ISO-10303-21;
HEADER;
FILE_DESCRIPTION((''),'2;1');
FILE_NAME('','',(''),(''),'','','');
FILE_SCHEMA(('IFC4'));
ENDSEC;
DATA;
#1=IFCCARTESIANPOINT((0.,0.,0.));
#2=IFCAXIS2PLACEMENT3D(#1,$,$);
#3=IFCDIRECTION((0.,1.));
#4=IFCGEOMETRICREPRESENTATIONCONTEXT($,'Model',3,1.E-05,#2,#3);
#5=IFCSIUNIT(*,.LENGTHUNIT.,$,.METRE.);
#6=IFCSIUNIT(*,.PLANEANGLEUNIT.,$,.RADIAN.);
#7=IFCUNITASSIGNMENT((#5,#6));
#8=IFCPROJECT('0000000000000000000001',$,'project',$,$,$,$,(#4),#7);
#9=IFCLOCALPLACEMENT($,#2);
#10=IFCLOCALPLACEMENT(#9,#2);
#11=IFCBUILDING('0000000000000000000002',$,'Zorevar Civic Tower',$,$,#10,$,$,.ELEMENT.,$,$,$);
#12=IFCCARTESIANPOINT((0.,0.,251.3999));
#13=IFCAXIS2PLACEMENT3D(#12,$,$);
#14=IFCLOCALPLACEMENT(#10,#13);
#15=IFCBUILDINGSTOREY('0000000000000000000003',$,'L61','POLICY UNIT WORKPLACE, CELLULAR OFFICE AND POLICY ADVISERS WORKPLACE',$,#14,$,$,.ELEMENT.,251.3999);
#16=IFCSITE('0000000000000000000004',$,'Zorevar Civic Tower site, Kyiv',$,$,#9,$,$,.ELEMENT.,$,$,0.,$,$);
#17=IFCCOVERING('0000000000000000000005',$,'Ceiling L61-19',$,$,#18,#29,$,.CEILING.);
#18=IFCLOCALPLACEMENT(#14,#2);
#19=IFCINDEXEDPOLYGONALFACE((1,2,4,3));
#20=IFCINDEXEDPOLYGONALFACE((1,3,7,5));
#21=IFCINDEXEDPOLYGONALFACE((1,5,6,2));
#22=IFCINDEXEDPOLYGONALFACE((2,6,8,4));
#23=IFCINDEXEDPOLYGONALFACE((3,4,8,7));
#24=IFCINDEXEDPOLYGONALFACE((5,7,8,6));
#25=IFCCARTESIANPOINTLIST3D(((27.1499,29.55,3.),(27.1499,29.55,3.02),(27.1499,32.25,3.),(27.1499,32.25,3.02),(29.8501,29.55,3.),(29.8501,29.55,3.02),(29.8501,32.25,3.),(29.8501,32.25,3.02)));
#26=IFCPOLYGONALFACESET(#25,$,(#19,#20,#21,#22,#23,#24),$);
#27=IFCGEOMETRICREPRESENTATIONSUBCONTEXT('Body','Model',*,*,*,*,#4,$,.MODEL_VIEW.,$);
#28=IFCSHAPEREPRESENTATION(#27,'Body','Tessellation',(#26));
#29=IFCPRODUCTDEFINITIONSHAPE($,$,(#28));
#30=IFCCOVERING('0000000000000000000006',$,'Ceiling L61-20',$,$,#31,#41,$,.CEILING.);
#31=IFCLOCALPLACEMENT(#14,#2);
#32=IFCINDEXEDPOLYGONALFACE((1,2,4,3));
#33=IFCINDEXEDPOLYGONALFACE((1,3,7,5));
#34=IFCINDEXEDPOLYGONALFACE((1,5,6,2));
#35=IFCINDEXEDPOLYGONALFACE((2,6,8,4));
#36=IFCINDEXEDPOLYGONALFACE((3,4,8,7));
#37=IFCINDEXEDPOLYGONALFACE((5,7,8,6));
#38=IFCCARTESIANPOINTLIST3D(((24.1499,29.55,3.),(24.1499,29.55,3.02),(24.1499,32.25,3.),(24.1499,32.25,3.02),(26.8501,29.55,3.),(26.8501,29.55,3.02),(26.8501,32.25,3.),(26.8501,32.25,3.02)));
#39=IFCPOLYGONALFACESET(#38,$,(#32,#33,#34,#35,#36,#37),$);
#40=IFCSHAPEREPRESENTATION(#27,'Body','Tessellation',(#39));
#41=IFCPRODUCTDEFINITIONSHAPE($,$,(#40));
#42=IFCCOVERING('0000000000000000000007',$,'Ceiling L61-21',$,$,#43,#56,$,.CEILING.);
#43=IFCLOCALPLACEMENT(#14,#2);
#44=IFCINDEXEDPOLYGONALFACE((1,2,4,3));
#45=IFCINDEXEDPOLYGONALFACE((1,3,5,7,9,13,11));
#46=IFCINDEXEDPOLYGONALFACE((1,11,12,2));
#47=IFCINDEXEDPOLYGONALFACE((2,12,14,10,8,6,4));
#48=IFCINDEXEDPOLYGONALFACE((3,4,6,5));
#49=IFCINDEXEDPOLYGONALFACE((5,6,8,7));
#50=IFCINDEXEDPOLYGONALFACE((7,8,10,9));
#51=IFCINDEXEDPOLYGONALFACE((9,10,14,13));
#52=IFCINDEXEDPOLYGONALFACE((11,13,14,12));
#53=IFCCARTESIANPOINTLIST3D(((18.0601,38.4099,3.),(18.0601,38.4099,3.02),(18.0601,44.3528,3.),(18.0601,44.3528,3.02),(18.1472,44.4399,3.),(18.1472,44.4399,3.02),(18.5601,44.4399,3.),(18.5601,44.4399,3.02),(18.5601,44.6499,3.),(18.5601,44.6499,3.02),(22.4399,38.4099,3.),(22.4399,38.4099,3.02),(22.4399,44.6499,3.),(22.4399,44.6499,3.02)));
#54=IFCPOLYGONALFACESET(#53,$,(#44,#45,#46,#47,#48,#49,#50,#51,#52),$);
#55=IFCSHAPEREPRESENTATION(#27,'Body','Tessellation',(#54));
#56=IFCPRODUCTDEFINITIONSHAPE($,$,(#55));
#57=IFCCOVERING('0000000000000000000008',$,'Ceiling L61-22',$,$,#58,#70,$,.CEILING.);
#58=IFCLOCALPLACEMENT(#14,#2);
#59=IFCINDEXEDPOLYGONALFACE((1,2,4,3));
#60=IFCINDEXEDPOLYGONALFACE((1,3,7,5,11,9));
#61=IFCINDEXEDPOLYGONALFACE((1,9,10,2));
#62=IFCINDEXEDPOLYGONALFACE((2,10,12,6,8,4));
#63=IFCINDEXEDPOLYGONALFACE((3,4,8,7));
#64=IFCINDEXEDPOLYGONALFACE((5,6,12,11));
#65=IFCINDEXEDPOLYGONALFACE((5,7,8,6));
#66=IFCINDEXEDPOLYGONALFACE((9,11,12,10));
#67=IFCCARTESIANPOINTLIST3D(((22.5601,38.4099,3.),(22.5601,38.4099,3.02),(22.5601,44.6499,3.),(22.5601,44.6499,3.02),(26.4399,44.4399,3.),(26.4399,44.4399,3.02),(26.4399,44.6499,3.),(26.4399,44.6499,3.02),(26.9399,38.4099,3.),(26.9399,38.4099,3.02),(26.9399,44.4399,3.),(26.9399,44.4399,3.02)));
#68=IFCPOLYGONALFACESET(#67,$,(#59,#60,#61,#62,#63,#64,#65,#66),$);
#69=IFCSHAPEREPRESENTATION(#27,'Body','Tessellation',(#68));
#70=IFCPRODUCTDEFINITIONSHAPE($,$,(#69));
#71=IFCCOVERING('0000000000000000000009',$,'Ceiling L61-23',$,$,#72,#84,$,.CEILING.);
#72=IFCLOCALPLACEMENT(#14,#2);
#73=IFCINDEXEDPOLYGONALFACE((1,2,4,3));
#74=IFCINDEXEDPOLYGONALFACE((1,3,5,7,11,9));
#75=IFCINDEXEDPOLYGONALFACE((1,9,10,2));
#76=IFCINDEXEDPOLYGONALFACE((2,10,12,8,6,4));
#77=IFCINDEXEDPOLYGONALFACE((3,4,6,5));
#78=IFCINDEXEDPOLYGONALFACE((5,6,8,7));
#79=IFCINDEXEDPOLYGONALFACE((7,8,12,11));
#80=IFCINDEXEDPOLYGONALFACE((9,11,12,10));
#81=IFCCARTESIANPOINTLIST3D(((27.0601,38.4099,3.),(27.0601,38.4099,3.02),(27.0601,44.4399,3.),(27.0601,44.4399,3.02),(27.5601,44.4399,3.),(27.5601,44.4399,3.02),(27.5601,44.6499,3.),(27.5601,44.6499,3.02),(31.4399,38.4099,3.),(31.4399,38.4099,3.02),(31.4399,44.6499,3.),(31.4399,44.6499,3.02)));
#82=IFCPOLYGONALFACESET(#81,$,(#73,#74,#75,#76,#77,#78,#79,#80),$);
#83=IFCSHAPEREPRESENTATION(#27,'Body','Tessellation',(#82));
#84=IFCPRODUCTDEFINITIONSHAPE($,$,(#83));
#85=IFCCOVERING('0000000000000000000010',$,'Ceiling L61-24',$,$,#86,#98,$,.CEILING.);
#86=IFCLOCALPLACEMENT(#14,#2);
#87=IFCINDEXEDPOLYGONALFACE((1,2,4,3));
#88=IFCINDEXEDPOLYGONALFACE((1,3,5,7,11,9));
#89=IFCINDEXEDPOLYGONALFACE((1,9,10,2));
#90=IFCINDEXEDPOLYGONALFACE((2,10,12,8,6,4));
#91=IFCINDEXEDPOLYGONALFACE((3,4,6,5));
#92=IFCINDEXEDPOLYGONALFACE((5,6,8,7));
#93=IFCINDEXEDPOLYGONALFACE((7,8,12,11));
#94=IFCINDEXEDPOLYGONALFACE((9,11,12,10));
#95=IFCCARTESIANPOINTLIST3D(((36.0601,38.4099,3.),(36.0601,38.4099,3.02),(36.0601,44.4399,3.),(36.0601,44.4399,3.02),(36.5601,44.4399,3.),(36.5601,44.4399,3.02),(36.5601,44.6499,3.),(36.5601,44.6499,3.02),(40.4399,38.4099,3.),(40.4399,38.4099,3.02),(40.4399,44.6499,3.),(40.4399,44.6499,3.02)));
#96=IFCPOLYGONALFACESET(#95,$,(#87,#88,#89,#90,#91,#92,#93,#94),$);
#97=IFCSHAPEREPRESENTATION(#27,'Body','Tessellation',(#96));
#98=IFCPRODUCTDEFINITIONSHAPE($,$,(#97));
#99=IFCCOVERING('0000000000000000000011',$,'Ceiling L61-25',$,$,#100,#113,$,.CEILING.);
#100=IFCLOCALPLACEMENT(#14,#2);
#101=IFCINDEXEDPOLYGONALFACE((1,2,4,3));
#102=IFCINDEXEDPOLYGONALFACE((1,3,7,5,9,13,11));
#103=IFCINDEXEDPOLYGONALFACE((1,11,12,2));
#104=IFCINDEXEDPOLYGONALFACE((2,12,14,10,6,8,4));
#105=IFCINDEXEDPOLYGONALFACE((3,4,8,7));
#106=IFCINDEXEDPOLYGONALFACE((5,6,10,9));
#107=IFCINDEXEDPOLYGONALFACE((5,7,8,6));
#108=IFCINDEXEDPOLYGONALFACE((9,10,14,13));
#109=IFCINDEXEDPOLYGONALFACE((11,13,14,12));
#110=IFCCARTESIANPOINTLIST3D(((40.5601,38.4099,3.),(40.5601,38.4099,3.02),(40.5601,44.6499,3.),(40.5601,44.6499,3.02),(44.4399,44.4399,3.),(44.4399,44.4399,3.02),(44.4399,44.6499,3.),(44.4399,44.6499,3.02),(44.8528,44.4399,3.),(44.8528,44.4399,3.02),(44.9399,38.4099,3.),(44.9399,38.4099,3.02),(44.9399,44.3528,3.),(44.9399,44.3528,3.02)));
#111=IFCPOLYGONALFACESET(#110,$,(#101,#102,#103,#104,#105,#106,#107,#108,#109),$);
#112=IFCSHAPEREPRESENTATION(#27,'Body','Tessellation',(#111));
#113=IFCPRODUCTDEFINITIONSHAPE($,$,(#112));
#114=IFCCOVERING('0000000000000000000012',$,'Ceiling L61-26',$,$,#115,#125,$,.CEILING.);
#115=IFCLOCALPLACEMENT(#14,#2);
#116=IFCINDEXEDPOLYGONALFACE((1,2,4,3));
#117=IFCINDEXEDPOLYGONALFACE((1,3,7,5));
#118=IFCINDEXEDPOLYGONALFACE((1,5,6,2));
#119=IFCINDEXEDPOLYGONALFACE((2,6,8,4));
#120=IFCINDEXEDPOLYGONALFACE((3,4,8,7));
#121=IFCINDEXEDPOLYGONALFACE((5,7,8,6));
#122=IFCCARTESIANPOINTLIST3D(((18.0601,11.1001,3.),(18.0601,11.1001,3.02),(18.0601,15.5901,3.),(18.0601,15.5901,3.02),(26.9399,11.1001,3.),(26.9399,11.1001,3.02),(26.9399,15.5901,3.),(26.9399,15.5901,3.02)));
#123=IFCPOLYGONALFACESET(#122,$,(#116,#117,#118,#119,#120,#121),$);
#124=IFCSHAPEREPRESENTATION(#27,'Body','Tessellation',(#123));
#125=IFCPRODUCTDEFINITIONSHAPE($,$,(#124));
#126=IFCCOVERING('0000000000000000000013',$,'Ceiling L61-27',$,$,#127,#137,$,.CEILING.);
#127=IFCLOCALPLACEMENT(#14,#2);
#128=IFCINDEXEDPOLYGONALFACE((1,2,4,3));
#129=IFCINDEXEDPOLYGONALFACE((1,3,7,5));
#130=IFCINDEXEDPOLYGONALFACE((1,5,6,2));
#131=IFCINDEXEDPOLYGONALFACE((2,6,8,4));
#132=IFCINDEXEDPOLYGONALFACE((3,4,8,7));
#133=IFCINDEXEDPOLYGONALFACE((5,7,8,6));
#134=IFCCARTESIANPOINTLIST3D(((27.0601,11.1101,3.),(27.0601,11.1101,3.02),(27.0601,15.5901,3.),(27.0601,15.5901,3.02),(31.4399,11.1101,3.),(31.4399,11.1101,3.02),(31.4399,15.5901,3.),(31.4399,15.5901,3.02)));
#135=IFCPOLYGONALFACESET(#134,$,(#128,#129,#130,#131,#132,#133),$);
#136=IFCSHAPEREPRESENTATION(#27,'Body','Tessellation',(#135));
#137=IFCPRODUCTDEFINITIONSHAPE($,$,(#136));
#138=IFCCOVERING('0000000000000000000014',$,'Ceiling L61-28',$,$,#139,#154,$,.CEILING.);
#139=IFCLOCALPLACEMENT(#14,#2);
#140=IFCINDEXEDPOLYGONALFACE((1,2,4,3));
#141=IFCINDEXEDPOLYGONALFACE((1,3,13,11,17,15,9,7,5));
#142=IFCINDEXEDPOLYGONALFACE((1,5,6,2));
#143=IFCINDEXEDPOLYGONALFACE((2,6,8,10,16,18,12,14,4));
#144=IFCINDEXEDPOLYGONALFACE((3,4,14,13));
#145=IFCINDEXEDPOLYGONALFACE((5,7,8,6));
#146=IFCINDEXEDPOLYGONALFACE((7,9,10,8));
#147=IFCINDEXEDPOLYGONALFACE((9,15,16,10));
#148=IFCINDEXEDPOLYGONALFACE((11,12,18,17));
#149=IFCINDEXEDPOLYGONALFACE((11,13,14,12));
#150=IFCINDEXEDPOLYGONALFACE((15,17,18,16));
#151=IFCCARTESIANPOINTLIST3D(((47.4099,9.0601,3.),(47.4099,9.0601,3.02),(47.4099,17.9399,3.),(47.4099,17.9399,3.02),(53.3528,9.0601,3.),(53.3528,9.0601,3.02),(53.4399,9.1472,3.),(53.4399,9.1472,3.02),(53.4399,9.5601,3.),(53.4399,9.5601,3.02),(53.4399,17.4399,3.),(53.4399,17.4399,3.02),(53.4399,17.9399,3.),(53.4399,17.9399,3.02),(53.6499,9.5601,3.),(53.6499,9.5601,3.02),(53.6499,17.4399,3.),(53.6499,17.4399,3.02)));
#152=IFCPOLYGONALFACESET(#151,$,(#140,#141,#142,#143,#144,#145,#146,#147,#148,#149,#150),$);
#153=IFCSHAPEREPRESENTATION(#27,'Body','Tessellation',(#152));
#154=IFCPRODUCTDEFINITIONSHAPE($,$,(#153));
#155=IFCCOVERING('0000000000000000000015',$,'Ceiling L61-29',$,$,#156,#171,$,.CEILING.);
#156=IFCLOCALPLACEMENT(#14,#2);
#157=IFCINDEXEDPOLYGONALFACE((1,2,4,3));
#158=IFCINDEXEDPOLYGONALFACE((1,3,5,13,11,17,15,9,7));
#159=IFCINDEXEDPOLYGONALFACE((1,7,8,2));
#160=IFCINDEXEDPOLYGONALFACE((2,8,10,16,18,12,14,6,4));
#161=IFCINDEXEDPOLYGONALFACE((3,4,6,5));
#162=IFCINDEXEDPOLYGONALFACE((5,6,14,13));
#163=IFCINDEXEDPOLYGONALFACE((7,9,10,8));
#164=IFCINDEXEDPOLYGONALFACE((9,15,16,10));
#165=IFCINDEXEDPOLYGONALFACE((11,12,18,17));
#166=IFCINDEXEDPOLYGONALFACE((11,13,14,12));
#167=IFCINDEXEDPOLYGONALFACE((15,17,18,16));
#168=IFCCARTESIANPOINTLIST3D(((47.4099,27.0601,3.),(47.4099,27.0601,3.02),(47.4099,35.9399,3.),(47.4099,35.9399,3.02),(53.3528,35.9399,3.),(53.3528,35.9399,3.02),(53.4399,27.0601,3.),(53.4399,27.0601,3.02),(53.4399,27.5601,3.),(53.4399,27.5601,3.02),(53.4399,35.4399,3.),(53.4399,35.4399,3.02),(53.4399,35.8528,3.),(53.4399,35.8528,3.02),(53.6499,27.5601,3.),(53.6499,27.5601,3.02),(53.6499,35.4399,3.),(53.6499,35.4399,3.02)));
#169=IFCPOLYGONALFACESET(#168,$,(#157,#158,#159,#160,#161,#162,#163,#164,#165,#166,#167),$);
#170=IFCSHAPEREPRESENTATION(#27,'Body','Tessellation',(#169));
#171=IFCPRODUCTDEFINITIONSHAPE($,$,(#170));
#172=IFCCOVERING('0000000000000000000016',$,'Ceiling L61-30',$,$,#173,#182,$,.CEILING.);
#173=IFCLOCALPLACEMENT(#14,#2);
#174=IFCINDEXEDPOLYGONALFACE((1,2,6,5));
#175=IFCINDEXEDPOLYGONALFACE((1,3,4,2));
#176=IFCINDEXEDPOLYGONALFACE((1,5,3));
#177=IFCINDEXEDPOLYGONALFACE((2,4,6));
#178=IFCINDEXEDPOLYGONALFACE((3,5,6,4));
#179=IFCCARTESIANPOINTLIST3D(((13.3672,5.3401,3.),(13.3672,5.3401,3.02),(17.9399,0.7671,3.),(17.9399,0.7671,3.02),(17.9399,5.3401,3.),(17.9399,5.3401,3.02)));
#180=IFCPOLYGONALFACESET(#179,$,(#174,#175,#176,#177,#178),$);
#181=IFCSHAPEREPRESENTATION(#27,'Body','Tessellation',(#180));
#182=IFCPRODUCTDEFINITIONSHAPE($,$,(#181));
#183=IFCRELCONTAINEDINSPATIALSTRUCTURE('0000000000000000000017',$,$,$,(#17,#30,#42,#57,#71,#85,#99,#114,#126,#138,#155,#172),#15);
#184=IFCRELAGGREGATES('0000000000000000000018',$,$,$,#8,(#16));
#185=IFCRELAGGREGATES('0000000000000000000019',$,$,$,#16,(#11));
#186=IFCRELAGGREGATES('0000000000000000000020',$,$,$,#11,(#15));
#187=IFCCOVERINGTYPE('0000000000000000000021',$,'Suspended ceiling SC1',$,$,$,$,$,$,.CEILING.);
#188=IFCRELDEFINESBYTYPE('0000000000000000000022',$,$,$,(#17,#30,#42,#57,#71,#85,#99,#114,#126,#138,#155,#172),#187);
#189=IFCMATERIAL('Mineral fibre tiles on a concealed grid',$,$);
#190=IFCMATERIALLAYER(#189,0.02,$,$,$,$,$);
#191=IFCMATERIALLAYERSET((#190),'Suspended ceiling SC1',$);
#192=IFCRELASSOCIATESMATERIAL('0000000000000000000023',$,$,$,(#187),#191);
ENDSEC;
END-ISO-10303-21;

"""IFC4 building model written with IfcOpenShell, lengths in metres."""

from ifc_helpers import new_model, si_unit, direction, frame, origin, place, context, subcontext, project, spatial, polyline, outline, extrude, material, layer, layer_set, type_object, element, save


model = new_model("IFC4")

# Units and contexts
model_context = context("Model", 3, precision=1e-05, world=origin(), true_north=direction((0.0, 1.0)))
body_context = subcontext(model_context, "Body", "Model", "MODEL_VIEW")
ifc_project = project(units=[si_unit("LENGTHUNIT", "METRE"), si_unit("PLANEANGLEUNIT", "RADIAN")], contexts=[model_context])

# Site, building, storey
site_placement = place(None, origin())
site = spatial("IfcSite", under=ifc_project, at=site_placement, Name="Zorevar Civic Tower site, Kyiv", CompositionType="ELEMENT", RefElevation=0.0)
building_placement = place(site_placement, origin())
building = spatial("IfcBuilding", under=site, at=building_placement, Name="Zorevar Civic Tower", CompositionType="ELEMENT")
storey_placement = place(building_placement, frame((0.0, 0.0, 251.3999)))
storey = spatial("IfcBuildingStorey", under=building, at=storey_placement, Name="L61", Description="POLICY UNIT WORKPLACE, CELLULAR OFFICE AND POLICY ADVISERS WORKPLACE", CompositionType="ELEMENT", Elevation=251.3999)

# Coverings
ifc_material_1 = material(Name="Mineral fibre tiles on a concealed grid")
ifc_layer_1 = layer(ifc_material_1, 0.02)
ifc_layer_set_1 = layer_set([ifc_layer_1], Name="Suspended ceiling SC1")
covering_type_1 = type_object("IfcCoveringType", Name="Suspended ceiling SC1", PredefinedType="CEILING", material=ifc_layer_set_1)
covering_1_placement = place(storey_placement, frame((0.0, 0.0, 3.0)))
element("IfcCovering", 1, at=covering_1_placement, inside=storey, type_object=covering_type_1, Name="Ceiling L61-19", PredefinedType="CEILING", context=body_context, shape_type="SweptSolid", body=[
    extrude(outline(polyline([(29.8501, 29.55), (29.8501, 32.25), (27.1499, 32.25), (27.1499, 29.55), (29.8501, 29.55)])), origin(), (0.0, 0.0, 1.0), 0.02),
])
covering_2_placement = place(storey_placement, frame((0.0, 0.0, 3.0)))
element("IfcCovering", 2, at=covering_2_placement, inside=storey, type_object=covering_type_1, Name="Ceiling L61-20", PredefinedType="CEILING", context=body_context, shape_type="SweptSolid", body=[
    extrude(outline(polyline([(26.8501, 29.55), (26.8501, 32.25), (24.1499, 32.25), (24.1499, 29.55), (26.8501, 29.55)])), origin(), (0.0, 0.0, 1.0), 0.02),
])
covering_3_placement = place(storey_placement, frame((0.0, 0.0, 3.0)))
element("IfcCovering", 3, at=covering_3_placement, inside=storey, type_object=covering_type_1, Name="Ceiling L61-21", PredefinedType="CEILING", context=body_context, shape_type="SweptSolid", body=[
    extrude(outline(polyline([(18.0601, 44.3528), (18.1472, 44.4399), (18.5601, 44.4399), (18.5601, 44.6499), (22.4399, 44.6499), (22.4399, 38.4099), (18.0601, 38.4099), (18.0601, 44.3528)])), origin(), (0.0, 0.0, 1.0), 0.02),
])
covering_4_placement = place(storey_placement, frame((0.0, 0.0, 3.0)))
element("IfcCovering", 4, at=covering_4_placement, inside=storey, type_object=covering_type_1, Name="Ceiling L61-22", PredefinedType="CEILING", context=body_context, shape_type="SweptSolid", body=[
    extrude(outline(polyline([(22.5601, 38.4099), (22.5601, 44.6499), (26.4399, 44.6499), (26.4399, 44.4399), (26.9399, 44.4399), (26.9399, 38.4099), (22.5601, 38.4099)])), origin(), (0.0, 0.0, 1.0), 0.02),
])
covering_5_placement = place(storey_placement, frame((0.0, 0.0, 3.0)))
element("IfcCovering", 5, at=covering_5_placement, inside=storey, type_object=covering_type_1, Name="Ceiling L61-23", PredefinedType="CEILING", context=body_context, shape_type="SweptSolid", body=[
    extrude(outline(polyline([(27.0601, 38.4099), (27.0601, 44.4399), (27.5601, 44.4399), (27.5601, 44.6499), (31.4399, 44.6499), (31.4399, 38.4099), (27.0601, 38.4099)])), origin(), (0.0, 0.0, 1.0), 0.02),
])
covering_6_placement = place(storey_placement, frame((0.0, 0.0, 3.0)))
element("IfcCovering", 6, at=covering_6_placement, inside=storey, type_object=covering_type_1, Name="Ceiling L61-24", PredefinedType="CEILING", context=body_context, shape_type="SweptSolid", body=[
    extrude(outline(polyline([(36.0601, 38.4099), (36.0601, 44.4399), (36.5601, 44.4399), (36.5601, 44.6499), (40.4399, 44.6499), (40.4399, 38.4099), (36.0601, 38.4099)])), origin(), (0.0, 0.0, 1.0), 0.02),
])
covering_7_placement = place(storey_placement, frame((0.0, 0.0, 3.0)))
element("IfcCovering", 7, at=covering_7_placement, inside=storey, type_object=covering_type_1, Name="Ceiling L61-25", PredefinedType="CEILING", context=body_context, shape_type="SweptSolid", body=[
    extrude(outline(polyline([(40.5601, 44.6499), (44.4399, 44.6499), (44.4399, 44.4399), (44.8528, 44.4399), (44.9399, 44.3528), (44.9399, 38.4099), (40.5601, 38.4099), (40.5601, 44.6499)])), origin(), (0.0, 0.0, 1.0), 0.02),
])
covering_8_placement = place(storey_placement, frame((0.0, 0.0, 3.0)))
element("IfcCovering", 8, at=covering_8_placement, inside=storey, type_object=covering_type_1, Name="Ceiling L61-26", PredefinedType="CEILING", context=body_context, shape_type="SweptSolid", body=[
    extrude(outline(polyline([(26.9399, 11.1001), (18.0601, 11.1001), (18.0601, 15.5901), (26.9399, 15.5901), (26.9399, 11.1001)])), origin(), (0.0, 0.0, 1.0), 0.02),
])
covering_9_placement = place(storey_placement, frame((0.0, 0.0, 3.0)))
element("IfcCovering", 9, at=covering_9_placement, inside=storey, type_object=covering_type_1, Name="Ceiling L61-27", PredefinedType="CEILING", context=body_context, shape_type="SweptSolid", body=[
    extrude(outline(polyline([(31.4399, 15.5901), (31.4399, 11.1101), (27.0601, 11.1101), (27.0601, 15.5901), (31.4399, 15.5901)])), origin(), (0.0, 0.0, 1.0), 0.02),
])
covering_10_placement = place(storey_placement, frame((0.0, 0.0, 3.0)))
element("IfcCovering", 10, at=covering_10_placement, inside=storey, type_object=covering_type_1, Name="Ceiling L61-28", PredefinedType="CEILING", context=body_context, shape_type="SweptSolid", body=[
    extrude(outline(polyline([(53.4399, 9.5601), (53.4399, 9.1472), (53.3528, 9.0601), (47.4099, 9.0601), (47.4099, 17.9399), (53.4399, 17.9399), (53.4399, 17.4399), (53.6499, 17.4399), (53.6499, 9.5601), (53.4399, 9.5601)])), origin(), (0.0, 0.0, 1.0), 0.02),
])
covering_11_placement = place(storey_placement, frame((0.0, 0.0, 3.0)))
element("IfcCovering", 11, at=covering_11_placement, inside=storey, type_object=covering_type_1, Name="Ceiling L61-29", PredefinedType="CEILING", context=body_context, shape_type="SweptSolid", body=[
    extrude(outline(polyline([(53.4399, 27.5601), (53.4399, 27.0601), (47.4099, 27.0601), (47.4099, 35.9399), (53.3528, 35.9399), (53.4399, 35.8528), (53.4399, 35.4399), (53.6499, 35.4399), (53.6499, 27.5601), (53.4399, 27.5601)])), origin(), (0.0, 0.0, 1.0), 0.02),
])
covering_12_placement = place(storey_placement, frame((0.0, 0.0, 3.0)))
element("IfcCovering", 12, at=covering_12_placement, inside=storey, type_object=covering_type_1, Name="Ceiling L61-30", PredefinedType="CEILING", context=body_context, shape_type="SweptSolid", body=[
    extrude(outline(polyline([(17.9399, 5.3401), (17.9399, 0.7671), (13.3672, 5.3401), (17.9399, 5.3401)])), origin(), (0.0, 0.0, 1.0), 0.02),
])

save(model, "model.ifc")
